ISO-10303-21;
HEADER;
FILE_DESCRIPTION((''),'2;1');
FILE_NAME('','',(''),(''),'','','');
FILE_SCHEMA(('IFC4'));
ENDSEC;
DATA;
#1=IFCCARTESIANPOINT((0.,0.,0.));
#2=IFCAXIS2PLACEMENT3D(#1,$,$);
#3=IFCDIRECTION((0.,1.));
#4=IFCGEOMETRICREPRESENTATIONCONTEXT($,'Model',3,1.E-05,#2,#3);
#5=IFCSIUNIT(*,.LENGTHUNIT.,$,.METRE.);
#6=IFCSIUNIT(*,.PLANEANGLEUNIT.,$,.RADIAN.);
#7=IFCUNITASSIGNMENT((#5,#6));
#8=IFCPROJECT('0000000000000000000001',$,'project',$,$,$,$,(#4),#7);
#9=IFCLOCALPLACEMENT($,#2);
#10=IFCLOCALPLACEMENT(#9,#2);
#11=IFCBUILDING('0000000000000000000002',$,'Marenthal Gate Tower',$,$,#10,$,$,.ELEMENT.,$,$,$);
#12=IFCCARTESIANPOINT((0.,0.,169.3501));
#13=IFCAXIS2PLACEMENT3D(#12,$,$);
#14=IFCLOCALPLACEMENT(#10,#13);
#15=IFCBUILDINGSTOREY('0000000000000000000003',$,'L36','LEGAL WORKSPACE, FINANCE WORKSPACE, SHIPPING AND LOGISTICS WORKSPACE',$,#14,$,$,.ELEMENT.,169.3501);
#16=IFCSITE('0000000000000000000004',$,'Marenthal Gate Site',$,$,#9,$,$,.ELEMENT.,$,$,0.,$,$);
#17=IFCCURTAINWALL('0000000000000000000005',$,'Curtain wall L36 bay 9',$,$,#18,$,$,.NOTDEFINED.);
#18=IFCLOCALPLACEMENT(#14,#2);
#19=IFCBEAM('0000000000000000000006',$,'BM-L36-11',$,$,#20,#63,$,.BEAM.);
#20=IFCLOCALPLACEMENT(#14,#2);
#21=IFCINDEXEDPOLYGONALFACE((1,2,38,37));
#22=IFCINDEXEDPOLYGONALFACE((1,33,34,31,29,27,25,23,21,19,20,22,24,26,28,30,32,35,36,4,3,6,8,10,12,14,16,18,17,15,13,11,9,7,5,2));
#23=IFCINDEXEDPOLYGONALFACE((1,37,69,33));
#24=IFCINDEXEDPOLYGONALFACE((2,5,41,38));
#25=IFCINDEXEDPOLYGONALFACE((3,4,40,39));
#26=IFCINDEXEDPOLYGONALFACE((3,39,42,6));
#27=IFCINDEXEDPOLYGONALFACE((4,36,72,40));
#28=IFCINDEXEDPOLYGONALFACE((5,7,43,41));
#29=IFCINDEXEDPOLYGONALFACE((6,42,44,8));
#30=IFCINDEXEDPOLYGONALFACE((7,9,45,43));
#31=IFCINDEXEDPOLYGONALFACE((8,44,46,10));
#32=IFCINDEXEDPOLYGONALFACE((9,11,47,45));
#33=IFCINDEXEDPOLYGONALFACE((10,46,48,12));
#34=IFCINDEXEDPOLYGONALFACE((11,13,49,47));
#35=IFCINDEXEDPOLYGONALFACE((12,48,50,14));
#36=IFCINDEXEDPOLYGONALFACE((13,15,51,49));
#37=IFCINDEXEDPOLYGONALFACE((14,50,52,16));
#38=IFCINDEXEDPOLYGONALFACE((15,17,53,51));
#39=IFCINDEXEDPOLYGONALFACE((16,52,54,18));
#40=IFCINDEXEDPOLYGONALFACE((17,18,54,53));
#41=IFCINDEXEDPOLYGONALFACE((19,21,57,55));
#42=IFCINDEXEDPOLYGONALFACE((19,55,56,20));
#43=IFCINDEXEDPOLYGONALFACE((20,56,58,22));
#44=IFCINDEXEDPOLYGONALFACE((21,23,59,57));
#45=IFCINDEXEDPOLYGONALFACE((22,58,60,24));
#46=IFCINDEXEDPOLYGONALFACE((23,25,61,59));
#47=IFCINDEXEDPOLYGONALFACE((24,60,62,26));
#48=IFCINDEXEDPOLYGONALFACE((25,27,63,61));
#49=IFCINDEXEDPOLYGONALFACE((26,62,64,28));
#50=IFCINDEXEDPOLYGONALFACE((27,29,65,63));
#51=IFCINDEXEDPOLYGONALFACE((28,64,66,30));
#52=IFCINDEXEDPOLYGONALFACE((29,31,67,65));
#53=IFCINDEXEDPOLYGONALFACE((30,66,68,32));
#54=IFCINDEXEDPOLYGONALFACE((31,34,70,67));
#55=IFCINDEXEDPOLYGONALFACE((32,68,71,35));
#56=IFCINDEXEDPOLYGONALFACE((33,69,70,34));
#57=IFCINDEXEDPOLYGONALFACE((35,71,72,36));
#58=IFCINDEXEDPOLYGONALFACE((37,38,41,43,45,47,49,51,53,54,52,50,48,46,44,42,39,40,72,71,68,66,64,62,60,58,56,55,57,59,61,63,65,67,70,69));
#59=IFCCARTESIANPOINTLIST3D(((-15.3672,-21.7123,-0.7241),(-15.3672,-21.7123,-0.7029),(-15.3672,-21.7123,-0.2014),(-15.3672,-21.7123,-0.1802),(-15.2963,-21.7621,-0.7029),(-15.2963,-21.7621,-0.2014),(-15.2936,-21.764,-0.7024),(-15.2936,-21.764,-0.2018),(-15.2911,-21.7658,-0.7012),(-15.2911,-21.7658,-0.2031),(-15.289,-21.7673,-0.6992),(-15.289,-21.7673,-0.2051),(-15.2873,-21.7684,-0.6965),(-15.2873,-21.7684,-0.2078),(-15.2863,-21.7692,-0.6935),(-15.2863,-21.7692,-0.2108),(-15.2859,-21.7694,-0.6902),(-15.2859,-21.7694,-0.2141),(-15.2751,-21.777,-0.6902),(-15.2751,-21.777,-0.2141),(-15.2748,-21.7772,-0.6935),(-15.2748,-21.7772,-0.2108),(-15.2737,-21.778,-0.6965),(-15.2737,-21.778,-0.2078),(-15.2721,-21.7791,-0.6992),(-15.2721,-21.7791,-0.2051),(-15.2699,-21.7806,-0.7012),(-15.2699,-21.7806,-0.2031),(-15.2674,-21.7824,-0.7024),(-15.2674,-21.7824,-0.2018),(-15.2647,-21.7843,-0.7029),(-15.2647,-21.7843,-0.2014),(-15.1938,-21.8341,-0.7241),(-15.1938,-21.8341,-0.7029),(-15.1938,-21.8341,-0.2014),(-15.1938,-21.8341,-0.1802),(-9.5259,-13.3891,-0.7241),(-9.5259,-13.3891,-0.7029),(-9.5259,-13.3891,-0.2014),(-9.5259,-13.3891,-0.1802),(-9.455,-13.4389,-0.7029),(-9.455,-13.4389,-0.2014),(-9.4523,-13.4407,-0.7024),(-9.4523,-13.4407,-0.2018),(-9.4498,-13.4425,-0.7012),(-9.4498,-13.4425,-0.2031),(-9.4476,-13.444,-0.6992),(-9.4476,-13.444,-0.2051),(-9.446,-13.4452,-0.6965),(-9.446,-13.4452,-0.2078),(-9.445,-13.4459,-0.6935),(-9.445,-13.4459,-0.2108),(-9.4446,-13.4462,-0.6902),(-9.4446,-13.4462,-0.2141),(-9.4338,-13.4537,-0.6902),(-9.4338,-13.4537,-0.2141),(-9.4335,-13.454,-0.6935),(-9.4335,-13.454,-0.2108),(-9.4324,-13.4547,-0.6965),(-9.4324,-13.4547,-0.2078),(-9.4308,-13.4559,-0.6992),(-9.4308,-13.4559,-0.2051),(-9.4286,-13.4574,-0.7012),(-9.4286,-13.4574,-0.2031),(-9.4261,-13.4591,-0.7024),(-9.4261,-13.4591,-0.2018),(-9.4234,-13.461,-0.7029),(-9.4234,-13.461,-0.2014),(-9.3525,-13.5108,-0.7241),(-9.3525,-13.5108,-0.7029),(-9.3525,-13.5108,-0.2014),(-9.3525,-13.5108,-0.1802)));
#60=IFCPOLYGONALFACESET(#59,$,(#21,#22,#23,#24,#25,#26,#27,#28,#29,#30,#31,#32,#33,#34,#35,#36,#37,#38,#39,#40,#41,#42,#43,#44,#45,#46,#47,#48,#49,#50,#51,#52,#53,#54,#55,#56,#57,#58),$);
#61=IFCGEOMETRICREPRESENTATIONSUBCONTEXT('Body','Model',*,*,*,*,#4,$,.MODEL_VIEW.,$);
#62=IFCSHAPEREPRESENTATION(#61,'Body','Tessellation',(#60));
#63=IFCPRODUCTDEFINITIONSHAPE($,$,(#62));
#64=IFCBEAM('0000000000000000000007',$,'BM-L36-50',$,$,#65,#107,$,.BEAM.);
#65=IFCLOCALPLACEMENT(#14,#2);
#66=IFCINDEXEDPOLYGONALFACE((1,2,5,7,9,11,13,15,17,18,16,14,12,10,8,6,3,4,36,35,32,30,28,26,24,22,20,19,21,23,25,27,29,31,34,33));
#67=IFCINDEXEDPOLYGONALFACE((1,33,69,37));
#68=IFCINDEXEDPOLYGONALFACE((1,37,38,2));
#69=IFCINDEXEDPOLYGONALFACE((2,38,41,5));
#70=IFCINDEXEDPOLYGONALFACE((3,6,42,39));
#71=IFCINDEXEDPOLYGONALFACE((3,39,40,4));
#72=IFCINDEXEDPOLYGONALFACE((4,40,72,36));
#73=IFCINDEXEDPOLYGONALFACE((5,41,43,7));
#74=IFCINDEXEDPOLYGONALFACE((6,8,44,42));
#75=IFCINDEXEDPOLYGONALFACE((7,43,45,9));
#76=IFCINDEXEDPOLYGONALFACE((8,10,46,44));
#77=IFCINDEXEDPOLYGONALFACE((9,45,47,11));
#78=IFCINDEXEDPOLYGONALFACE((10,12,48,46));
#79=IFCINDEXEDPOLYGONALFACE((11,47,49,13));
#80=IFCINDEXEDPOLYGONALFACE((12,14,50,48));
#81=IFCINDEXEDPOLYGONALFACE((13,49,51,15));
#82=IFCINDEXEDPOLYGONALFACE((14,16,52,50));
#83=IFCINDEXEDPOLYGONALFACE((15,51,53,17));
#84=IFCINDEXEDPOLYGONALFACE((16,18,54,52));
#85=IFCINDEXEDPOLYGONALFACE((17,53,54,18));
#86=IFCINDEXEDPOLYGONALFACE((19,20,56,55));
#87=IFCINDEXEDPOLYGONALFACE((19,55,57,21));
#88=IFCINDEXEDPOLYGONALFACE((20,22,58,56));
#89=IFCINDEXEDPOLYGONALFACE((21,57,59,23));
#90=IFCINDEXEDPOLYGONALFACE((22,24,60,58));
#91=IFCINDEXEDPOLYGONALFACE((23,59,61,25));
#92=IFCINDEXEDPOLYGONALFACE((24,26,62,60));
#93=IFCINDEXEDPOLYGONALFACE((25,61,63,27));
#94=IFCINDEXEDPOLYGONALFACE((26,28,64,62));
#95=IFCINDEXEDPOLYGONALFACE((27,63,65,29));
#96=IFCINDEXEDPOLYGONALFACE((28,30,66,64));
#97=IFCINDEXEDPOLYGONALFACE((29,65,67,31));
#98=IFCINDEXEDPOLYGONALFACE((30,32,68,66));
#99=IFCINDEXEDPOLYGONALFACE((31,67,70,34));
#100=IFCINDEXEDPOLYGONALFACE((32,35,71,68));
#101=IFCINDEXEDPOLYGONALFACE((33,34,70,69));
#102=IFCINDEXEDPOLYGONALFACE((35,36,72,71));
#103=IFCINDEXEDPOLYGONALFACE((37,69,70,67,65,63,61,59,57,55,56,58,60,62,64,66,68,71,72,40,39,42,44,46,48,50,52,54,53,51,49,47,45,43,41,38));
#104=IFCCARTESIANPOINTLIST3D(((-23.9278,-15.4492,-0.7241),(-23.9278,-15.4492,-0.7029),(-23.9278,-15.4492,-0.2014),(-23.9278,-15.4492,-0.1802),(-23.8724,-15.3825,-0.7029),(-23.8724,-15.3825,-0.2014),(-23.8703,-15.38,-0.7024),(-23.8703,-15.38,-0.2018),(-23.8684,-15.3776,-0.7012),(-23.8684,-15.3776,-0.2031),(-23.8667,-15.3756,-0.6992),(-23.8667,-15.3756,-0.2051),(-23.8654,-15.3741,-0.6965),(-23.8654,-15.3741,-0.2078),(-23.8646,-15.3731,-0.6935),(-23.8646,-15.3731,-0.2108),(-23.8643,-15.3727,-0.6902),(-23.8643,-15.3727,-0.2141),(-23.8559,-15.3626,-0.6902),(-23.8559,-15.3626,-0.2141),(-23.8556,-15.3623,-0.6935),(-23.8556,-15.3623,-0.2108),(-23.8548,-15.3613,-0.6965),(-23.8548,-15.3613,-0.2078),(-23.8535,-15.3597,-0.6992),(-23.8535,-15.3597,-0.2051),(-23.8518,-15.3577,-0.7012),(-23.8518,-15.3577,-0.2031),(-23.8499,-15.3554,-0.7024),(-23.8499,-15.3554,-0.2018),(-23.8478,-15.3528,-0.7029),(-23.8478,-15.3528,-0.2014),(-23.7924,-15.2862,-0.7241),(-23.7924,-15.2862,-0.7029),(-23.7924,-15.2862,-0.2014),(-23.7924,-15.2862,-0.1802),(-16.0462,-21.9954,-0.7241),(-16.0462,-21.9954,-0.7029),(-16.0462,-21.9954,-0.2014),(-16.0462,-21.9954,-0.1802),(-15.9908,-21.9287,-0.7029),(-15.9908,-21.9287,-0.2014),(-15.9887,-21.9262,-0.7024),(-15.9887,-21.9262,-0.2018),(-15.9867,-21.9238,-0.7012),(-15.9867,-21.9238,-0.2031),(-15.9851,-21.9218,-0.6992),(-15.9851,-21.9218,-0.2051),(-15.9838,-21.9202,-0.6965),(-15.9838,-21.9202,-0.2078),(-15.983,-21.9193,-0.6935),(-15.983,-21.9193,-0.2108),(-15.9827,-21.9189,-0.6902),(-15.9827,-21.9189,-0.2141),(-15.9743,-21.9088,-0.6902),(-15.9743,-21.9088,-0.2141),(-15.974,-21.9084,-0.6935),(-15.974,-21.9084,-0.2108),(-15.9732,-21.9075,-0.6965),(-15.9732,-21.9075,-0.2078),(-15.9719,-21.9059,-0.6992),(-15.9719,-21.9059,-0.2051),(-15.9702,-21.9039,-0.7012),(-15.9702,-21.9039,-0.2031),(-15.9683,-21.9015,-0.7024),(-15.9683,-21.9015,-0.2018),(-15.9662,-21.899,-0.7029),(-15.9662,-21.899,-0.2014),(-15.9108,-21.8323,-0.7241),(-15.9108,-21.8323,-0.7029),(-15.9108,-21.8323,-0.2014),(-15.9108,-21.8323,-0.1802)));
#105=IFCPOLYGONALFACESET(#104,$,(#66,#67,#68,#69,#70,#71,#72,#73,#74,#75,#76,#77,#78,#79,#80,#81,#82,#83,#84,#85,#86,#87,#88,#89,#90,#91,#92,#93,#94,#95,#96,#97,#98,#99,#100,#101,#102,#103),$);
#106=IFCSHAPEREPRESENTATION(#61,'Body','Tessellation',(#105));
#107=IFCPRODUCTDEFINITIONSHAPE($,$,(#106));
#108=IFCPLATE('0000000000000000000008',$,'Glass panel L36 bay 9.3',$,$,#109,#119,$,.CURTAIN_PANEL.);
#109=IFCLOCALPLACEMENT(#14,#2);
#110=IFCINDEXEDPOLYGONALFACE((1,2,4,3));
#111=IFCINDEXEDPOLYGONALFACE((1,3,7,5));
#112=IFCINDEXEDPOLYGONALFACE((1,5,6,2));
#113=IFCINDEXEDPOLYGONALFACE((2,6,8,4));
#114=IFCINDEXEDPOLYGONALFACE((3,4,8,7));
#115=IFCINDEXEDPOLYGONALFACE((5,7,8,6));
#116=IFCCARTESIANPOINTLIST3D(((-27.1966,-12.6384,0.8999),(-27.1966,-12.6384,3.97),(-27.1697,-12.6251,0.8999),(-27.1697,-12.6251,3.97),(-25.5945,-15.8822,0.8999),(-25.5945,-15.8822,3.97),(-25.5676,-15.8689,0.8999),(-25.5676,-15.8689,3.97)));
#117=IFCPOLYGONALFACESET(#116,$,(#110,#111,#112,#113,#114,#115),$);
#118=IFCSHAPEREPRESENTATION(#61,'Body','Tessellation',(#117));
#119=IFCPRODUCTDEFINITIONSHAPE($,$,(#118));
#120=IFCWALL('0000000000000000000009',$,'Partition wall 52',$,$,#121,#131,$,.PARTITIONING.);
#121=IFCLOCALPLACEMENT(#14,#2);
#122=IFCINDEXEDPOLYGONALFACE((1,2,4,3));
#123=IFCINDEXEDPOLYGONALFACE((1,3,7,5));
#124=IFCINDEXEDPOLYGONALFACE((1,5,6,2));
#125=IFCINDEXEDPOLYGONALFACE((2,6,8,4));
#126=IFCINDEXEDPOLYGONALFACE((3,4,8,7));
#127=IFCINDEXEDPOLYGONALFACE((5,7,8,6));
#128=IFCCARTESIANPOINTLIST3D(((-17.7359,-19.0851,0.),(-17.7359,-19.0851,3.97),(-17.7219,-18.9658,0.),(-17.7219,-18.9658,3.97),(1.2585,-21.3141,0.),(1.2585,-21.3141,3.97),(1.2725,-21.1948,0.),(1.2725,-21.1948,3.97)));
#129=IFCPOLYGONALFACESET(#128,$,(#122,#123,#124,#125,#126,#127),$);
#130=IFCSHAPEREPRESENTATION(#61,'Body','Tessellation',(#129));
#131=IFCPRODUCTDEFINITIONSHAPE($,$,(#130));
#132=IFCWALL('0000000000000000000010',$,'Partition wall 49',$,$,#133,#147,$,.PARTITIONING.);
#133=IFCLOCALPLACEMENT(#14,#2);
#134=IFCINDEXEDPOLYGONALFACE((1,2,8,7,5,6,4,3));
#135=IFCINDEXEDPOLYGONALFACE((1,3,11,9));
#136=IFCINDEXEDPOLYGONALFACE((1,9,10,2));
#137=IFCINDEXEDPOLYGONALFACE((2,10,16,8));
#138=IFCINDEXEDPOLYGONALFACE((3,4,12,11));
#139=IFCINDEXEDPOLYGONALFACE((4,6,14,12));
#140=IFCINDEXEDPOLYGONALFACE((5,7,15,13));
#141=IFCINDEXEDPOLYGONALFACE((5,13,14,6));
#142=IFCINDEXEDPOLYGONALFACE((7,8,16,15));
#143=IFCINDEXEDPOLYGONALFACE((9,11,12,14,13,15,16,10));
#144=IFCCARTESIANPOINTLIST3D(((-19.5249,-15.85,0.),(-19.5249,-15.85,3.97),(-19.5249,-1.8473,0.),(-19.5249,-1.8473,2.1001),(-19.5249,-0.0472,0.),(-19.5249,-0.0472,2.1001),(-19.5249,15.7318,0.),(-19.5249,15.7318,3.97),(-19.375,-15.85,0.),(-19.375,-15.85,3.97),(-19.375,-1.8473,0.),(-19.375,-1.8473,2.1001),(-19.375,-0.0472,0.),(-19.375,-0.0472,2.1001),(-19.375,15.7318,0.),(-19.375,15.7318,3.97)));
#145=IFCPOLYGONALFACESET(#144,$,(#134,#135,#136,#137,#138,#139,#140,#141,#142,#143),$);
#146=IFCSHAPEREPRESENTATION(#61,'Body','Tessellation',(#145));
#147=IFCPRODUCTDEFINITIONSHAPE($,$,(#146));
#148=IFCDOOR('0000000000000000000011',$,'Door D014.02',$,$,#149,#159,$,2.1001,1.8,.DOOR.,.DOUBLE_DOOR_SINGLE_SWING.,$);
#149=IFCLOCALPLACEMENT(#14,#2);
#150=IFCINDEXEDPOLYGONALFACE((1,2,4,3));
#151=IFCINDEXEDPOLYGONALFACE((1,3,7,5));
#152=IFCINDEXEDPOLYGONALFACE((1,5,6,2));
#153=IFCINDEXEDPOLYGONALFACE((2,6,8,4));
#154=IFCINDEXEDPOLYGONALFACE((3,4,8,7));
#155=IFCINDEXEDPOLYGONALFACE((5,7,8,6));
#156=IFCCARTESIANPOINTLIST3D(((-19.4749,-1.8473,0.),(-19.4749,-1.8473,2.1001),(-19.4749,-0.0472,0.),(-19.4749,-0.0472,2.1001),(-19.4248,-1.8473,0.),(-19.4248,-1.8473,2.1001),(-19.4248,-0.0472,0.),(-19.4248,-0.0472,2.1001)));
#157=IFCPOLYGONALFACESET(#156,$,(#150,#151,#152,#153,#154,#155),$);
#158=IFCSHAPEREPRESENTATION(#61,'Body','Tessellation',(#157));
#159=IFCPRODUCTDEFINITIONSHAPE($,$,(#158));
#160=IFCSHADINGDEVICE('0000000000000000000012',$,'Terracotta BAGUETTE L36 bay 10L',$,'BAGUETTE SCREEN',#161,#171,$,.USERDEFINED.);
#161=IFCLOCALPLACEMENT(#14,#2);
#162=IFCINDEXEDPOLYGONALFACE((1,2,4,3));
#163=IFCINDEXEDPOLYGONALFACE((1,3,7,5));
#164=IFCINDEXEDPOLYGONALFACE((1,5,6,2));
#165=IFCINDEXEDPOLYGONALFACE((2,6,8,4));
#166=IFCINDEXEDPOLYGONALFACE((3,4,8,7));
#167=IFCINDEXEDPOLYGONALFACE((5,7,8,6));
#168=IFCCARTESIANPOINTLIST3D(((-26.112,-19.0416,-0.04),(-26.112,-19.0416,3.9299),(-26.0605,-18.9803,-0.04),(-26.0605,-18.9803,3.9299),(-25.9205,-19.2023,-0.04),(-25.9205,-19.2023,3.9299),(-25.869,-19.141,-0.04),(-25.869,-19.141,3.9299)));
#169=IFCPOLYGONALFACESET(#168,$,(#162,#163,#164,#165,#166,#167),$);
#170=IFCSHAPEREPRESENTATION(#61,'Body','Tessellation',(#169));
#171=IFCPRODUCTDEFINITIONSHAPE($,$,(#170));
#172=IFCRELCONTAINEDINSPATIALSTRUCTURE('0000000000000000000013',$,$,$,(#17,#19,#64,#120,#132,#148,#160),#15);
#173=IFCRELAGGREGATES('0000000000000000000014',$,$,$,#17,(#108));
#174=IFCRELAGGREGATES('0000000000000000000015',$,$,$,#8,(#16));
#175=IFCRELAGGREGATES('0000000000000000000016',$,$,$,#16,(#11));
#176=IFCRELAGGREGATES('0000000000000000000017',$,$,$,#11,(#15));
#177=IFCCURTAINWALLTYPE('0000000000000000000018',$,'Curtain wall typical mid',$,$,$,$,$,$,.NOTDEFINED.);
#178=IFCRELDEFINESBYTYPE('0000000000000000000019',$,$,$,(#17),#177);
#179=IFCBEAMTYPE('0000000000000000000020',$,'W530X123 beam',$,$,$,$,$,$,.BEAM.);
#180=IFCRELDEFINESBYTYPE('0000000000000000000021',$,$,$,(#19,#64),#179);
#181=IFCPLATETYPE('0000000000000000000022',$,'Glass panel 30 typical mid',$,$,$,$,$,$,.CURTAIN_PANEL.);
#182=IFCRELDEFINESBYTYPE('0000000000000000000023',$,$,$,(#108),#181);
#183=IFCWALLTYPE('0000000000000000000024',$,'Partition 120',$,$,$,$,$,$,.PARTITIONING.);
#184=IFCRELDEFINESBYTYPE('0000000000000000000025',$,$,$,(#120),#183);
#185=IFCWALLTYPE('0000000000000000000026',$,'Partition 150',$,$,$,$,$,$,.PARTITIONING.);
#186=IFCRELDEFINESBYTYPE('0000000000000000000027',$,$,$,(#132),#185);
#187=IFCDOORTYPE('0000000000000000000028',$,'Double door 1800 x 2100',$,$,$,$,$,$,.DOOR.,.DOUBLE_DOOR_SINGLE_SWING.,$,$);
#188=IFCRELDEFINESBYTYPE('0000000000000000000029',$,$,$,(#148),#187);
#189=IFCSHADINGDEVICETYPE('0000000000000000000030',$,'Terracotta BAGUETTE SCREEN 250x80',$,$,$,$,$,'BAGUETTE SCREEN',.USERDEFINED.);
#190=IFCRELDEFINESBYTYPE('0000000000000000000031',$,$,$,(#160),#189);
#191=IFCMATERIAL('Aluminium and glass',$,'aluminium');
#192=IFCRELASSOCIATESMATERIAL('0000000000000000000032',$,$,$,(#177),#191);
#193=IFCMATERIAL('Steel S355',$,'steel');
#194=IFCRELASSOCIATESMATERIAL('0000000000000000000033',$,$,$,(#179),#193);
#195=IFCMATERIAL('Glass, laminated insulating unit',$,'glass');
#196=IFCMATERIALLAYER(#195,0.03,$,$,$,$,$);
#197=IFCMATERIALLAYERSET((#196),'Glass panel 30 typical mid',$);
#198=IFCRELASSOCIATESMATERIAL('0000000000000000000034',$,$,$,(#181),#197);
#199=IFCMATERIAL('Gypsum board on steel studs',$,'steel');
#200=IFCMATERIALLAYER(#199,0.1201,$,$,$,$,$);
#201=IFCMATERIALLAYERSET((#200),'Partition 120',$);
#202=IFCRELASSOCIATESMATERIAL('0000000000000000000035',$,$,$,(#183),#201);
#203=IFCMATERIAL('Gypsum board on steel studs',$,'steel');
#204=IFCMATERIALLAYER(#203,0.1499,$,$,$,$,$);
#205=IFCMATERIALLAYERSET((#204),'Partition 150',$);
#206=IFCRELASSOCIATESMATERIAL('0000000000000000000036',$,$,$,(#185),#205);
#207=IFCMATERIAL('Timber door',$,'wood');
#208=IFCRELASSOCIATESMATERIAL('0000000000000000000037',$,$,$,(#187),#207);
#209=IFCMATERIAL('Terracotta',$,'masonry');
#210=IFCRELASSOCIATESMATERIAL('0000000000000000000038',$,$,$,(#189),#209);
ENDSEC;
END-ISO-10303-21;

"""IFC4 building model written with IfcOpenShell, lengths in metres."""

from ifc_helpers import new_model, si_unit, direction, frame, frame_2d, origin, origin_2d, place, context, subcontext, project, spatial, rectangle, i_section, extrude, material, layer, layer_set, material_profile, profile_set, type_object, element, fill, aggregate, save


model = new_model("IFC4")

# Units and contexts
model_context = context("Model", 3, precision=1e-05, world=origin(), true_north=direction((0.0, 1.0)))
body_context = subcontext(model_context, "Body", "Model", "MODEL_VIEW")
ifc_project = project(units=[si_unit("LENGTHUNIT", "METRE"), si_unit("PLANEANGLEUNIT", "RADIAN")], contexts=[model_context])

# Site, building, storey
site_placement = place(None, origin())
site = spatial("IfcSite", under=ifc_project, at=site_placement, Name="Marenthal Gate Site", CompositionType="ELEMENT", RefElevation=0.0)
building_placement = place(site_placement, origin())
building = spatial("IfcBuilding", under=site, at=building_placement, Name="Marenthal Gate Tower", CompositionType="ELEMENT")
storey_placement = place(building_placement, frame((0.0, 0.0, 169.3501)))
storey = spatial("IfcBuildingStorey", under=building, at=storey_placement, Name="L36", Description="LEGAL WORKSPACE, FINANCE WORKSPACE, SHIPPING AND LOGISTICS WORKSPACE", CompositionType="ELEMENT", Elevation=169.3501)

# Curtain wall
ifc_material_1 = material(Name="Aluminium and glass", Category="aluminium")
curtain_wall_type = type_object("IfcCurtainWallType", Name="Curtain wall typical mid", PredefinedType="NOTDEFINED", material=ifc_material_1)
curtain_wall_1_placement = place(storey_placement, origin())
curtain_wall_1 = element("IfcCurtainWall", 1, at=curtain_wall_1_placement, inside=storey, type_object=curtain_wall_type, Name="Curtain wall L36 bay 9", PredefinedType="NOTDEFINED")

# Beams
ifc_material_2 = material(Name="Steel S355", Category="steel")
ifc_material_profile_1 = material_profile(ifc_material_2, i_section(OverallWidth=0.2119, OverallDepth=0.5439, WebThickness=0.0132, FlangeThickness=0.0212, FilletRadius=0.0127, at=origin_2d()), Name="W530X123")
ifc_profile_set_1 = profile_set([ifc_material_profile_1], Name="Steel S355")
beam_type_1 = type_object("IfcBeamType", Name="W530X123 beam", PredefinedType="BEAM", material=ifc_profile_set_1)
beam_1_placement = place(storey_placement, frame((-15.2805, -21.7732, -0.4521), z_axis=(0.574455, 0.818536, 0.0), x_axis=(-0.818536, 0.574455, 0.0)))
element("IfcBeam", 2, at=beam_1_placement, inside=storey, type_object=beam_type_1, Name="BM-L36-11", PredefinedType="BEAM", context=body_context, shape_type="SweptSolid", body=[
    extrude(i_section(OverallWidth=0.2119, OverallDepth=0.5439, WebThickness=0.0132, FlangeThickness=0.0212, FilletRadius=0.0127, at=origin_2d()), origin(), (0.0, 0.0, 1.0), 10.1685),
])
beam_2_placement = place(storey_placement, frame((-23.8601, -15.3677, -0.4521), z_axis=(0.769269, -0.638925, 0.0), x_axis=(0.638925, 0.769269, 0.0)))
element("IfcBeam", 3, at=beam_2_placement, inside=storey, type_object=beam_type_1, Name="BM-L36-50", PredefinedType="BEAM", context=body_context, shape_type="SweptSolid", body=[
    extrude(i_section(OverallWidth=0.2119, OverallDepth=0.5439, WebThickness=0.0132, FlangeThickness=0.0212, FilletRadius=0.0127, at=origin_2d()), origin(), (0.0, 0.0, 1.0), 10.2456),
])

# Plate
ifc_material_3 = material(Name="Glass, laminated insulating unit", Category="glass")
ifc_layer_1 = layer(ifc_material_3, 0.03)
ifc_layer_set_1 = layer_set([ifc_layer_1], Name="Glass panel 30 typical mid")
plate_type = type_object("IfcPlateType", Name="Glass panel 30 typical mid", PredefinedType="CURTAIN_PANEL", material=ifc_layer_set_1)
plate_placement = place(storey_placement, frame((-26.3821, -14.2537, 0.8999), z_axis=(0.0, 0.0, 1.0), x_axis=(0.442824, -0.896609, 0.0)))
plate = element("IfcPlate", 4, at=plate_placement, type_object=plate_type, Name="Glass panel L36 bay 9.3", PredefinedType="CURTAIN_PANEL", context=body_context, shape_type="SweptSolid", body=[
    extrude(rectangle(XDim=3.6179, YDim=0.03, at=origin_2d()), origin(), (0.0, 0.0, 1.0), 3.0701),
])
aggregate(curtain_wall_1, [plate])

# Wall
ifc_material_4 = material(Name="Gypsum board on steel studs", Category="steel")
ifc_layer_2 = layer(ifc_material_4, 0.1201)
ifc_layer_set_2 = layer_set([ifc_layer_2], Name="Partition 120")
wall_type_1 = type_object("IfcWallType", Name="Partition 120", PredefinedType="PARTITIONING", material=ifc_layer_set_2)
wall_1_placement = place(storey_placement, frame((-17.729, -19.0254, 0.0), z_axis=(0.0, 0.0, 1.0), x_axis=(0.993185, -0.116551, 0.0)))
element("IfcWall", 5, at=wall_1_placement, inside=storey, type_object=wall_type_1, Name="Partition wall 52", PredefinedType="PARTITIONING", context=body_context, shape_type="SweptSolid", body=[
    extrude(rectangle(XDim=19.1248, YDim=0.1201, at=frame_2d((9.5625, 0.0))), origin(), (0.0, 0.0, 1.0), 3.97),
])

# Wall, opening, door
ifc_material_5 = material(Name="Gypsum board on steel studs", Category="steel")
ifc_layer_3 = layer(ifc_material_5, 0.1499)
ifc_layer_set_3 = layer_set([ifc_layer_3], Name="Partition 150")
wall_type_2 = type_object("IfcWallType", Name="Partition 150", PredefinedType="PARTITIONING", material=ifc_layer_set_3)
wall_2_placement = place(storey_placement, frame((-19.45, -15.8501, 0.0), z_axis=(0.0, 0.0, 1.0), x_axis=(0.0, 1.0, 0.0)))
wall_2 = element("IfcWall", 6, at=wall_2_placement, inside=storey, type_object=wall_type_2, Name="Partition wall 49", PredefinedType="PARTITIONING", context=body_context, shape_type="SweptSolid", body=[
    extrude(rectangle(XDim=31.5818, YDim=0.1499, at=frame_2d((15.791, 0.0))), origin(), (0.0, 0.0, 1.0), 3.97),
])
opening_1_placement = place(wall_2_placement, frame((14.0029, 0.0, 0.0)))
opening_1 = element("IfcOpeningElement", 7, at=opening_1_placement, cuts=wall_2, PredefinedType="OPENING", context=body_context, shape_type="SweptSolid", body=[
    extrude(rectangle(XDim=1.8, YDim=2.1001, at=frame_2d((0.8999, 1.05))), frame((0.0, 0.085, 0.0), z_axis=(0.0, -1.0, 0.0), x_axis=(1.0, 0.0, 0.0)), (0.0, 0.0, 1.0), 0.1699),
])
ifc_material_6 = material(Name="Timber door", Category="wood")
door_type_1 = type_object("IfcDoorType", Name="Double door 1800 x 2100", OperationType="DOUBLE_DOOR_SINGLE_SWING", PredefinedType="DOOR", material=ifc_material_6)
door_1_placement = place(opening_1_placement, origin())
door_1 = element("IfcDoor", 8, at=door_1_placement, inside=storey, type_object=door_type_1, Name="Door D014.02", OperationType="DOUBLE_DOOR_SINGLE_SWING", OverallHeight=2.1001, OverallWidth=1.8, PredefinedType="DOOR", context=body_context, shape_type="SweptSolid", body=[
    extrude(rectangle(XDim=1.8, YDim=2.1001, at=frame_2d((0.8999, 1.05))), frame((0.0, 0.0249, 0.0), z_axis=(0.0, -1.0, 0.0), x_axis=(1.0, 0.0, 0.0)), (0.0, 0.0, 1.0), 0.05),
])
fill(opening_1, door_1)

# Shading device
ifc_material_7 = material(Name="Terracotta", Category="masonry")
ifc_material_profile_2 = material_profile(ifc_material_7, rectangle(XDim=0.25, YDim=0.0801, at=origin_2d()), Name="Terracotta baguette 250x80")
ifc_profile_set_2 = profile_set([ifc_material_profile_2], Name="Terracotta")
shading_device_type = type_object("IfcShadingDeviceType", Name="Terracotta BAGUETTE SCREEN 250x80", ElementType="BAGUETTE SCREEN", PredefinedType="USERDEFINED", material=ifc_profile_set_2)
shading_device_placement = place(storey_placement, frame((-25.9905, -19.0913, -0.04), z_axis=(0.0, 0.0, 1.0), x_axis=(0.765921, -0.642935, 0.0)))
element("IfcShadingDevice", 9, at=shading_device_placement, inside=storey, type_object=shading_device_type, Name="Terracotta BAGUETTE L36 bay 10L", ObjectType="BAGUETTE SCREEN", PredefinedType="USERDEFINED", context=body_context, shape_type="SweptSolid", body=[
    extrude(rectangle(XDim=0.25, YDim=0.0801, at=origin_2d()), origin(), (0.0, 0.0, 1.0), 3.97),
])

save(model, "model.ifc")
